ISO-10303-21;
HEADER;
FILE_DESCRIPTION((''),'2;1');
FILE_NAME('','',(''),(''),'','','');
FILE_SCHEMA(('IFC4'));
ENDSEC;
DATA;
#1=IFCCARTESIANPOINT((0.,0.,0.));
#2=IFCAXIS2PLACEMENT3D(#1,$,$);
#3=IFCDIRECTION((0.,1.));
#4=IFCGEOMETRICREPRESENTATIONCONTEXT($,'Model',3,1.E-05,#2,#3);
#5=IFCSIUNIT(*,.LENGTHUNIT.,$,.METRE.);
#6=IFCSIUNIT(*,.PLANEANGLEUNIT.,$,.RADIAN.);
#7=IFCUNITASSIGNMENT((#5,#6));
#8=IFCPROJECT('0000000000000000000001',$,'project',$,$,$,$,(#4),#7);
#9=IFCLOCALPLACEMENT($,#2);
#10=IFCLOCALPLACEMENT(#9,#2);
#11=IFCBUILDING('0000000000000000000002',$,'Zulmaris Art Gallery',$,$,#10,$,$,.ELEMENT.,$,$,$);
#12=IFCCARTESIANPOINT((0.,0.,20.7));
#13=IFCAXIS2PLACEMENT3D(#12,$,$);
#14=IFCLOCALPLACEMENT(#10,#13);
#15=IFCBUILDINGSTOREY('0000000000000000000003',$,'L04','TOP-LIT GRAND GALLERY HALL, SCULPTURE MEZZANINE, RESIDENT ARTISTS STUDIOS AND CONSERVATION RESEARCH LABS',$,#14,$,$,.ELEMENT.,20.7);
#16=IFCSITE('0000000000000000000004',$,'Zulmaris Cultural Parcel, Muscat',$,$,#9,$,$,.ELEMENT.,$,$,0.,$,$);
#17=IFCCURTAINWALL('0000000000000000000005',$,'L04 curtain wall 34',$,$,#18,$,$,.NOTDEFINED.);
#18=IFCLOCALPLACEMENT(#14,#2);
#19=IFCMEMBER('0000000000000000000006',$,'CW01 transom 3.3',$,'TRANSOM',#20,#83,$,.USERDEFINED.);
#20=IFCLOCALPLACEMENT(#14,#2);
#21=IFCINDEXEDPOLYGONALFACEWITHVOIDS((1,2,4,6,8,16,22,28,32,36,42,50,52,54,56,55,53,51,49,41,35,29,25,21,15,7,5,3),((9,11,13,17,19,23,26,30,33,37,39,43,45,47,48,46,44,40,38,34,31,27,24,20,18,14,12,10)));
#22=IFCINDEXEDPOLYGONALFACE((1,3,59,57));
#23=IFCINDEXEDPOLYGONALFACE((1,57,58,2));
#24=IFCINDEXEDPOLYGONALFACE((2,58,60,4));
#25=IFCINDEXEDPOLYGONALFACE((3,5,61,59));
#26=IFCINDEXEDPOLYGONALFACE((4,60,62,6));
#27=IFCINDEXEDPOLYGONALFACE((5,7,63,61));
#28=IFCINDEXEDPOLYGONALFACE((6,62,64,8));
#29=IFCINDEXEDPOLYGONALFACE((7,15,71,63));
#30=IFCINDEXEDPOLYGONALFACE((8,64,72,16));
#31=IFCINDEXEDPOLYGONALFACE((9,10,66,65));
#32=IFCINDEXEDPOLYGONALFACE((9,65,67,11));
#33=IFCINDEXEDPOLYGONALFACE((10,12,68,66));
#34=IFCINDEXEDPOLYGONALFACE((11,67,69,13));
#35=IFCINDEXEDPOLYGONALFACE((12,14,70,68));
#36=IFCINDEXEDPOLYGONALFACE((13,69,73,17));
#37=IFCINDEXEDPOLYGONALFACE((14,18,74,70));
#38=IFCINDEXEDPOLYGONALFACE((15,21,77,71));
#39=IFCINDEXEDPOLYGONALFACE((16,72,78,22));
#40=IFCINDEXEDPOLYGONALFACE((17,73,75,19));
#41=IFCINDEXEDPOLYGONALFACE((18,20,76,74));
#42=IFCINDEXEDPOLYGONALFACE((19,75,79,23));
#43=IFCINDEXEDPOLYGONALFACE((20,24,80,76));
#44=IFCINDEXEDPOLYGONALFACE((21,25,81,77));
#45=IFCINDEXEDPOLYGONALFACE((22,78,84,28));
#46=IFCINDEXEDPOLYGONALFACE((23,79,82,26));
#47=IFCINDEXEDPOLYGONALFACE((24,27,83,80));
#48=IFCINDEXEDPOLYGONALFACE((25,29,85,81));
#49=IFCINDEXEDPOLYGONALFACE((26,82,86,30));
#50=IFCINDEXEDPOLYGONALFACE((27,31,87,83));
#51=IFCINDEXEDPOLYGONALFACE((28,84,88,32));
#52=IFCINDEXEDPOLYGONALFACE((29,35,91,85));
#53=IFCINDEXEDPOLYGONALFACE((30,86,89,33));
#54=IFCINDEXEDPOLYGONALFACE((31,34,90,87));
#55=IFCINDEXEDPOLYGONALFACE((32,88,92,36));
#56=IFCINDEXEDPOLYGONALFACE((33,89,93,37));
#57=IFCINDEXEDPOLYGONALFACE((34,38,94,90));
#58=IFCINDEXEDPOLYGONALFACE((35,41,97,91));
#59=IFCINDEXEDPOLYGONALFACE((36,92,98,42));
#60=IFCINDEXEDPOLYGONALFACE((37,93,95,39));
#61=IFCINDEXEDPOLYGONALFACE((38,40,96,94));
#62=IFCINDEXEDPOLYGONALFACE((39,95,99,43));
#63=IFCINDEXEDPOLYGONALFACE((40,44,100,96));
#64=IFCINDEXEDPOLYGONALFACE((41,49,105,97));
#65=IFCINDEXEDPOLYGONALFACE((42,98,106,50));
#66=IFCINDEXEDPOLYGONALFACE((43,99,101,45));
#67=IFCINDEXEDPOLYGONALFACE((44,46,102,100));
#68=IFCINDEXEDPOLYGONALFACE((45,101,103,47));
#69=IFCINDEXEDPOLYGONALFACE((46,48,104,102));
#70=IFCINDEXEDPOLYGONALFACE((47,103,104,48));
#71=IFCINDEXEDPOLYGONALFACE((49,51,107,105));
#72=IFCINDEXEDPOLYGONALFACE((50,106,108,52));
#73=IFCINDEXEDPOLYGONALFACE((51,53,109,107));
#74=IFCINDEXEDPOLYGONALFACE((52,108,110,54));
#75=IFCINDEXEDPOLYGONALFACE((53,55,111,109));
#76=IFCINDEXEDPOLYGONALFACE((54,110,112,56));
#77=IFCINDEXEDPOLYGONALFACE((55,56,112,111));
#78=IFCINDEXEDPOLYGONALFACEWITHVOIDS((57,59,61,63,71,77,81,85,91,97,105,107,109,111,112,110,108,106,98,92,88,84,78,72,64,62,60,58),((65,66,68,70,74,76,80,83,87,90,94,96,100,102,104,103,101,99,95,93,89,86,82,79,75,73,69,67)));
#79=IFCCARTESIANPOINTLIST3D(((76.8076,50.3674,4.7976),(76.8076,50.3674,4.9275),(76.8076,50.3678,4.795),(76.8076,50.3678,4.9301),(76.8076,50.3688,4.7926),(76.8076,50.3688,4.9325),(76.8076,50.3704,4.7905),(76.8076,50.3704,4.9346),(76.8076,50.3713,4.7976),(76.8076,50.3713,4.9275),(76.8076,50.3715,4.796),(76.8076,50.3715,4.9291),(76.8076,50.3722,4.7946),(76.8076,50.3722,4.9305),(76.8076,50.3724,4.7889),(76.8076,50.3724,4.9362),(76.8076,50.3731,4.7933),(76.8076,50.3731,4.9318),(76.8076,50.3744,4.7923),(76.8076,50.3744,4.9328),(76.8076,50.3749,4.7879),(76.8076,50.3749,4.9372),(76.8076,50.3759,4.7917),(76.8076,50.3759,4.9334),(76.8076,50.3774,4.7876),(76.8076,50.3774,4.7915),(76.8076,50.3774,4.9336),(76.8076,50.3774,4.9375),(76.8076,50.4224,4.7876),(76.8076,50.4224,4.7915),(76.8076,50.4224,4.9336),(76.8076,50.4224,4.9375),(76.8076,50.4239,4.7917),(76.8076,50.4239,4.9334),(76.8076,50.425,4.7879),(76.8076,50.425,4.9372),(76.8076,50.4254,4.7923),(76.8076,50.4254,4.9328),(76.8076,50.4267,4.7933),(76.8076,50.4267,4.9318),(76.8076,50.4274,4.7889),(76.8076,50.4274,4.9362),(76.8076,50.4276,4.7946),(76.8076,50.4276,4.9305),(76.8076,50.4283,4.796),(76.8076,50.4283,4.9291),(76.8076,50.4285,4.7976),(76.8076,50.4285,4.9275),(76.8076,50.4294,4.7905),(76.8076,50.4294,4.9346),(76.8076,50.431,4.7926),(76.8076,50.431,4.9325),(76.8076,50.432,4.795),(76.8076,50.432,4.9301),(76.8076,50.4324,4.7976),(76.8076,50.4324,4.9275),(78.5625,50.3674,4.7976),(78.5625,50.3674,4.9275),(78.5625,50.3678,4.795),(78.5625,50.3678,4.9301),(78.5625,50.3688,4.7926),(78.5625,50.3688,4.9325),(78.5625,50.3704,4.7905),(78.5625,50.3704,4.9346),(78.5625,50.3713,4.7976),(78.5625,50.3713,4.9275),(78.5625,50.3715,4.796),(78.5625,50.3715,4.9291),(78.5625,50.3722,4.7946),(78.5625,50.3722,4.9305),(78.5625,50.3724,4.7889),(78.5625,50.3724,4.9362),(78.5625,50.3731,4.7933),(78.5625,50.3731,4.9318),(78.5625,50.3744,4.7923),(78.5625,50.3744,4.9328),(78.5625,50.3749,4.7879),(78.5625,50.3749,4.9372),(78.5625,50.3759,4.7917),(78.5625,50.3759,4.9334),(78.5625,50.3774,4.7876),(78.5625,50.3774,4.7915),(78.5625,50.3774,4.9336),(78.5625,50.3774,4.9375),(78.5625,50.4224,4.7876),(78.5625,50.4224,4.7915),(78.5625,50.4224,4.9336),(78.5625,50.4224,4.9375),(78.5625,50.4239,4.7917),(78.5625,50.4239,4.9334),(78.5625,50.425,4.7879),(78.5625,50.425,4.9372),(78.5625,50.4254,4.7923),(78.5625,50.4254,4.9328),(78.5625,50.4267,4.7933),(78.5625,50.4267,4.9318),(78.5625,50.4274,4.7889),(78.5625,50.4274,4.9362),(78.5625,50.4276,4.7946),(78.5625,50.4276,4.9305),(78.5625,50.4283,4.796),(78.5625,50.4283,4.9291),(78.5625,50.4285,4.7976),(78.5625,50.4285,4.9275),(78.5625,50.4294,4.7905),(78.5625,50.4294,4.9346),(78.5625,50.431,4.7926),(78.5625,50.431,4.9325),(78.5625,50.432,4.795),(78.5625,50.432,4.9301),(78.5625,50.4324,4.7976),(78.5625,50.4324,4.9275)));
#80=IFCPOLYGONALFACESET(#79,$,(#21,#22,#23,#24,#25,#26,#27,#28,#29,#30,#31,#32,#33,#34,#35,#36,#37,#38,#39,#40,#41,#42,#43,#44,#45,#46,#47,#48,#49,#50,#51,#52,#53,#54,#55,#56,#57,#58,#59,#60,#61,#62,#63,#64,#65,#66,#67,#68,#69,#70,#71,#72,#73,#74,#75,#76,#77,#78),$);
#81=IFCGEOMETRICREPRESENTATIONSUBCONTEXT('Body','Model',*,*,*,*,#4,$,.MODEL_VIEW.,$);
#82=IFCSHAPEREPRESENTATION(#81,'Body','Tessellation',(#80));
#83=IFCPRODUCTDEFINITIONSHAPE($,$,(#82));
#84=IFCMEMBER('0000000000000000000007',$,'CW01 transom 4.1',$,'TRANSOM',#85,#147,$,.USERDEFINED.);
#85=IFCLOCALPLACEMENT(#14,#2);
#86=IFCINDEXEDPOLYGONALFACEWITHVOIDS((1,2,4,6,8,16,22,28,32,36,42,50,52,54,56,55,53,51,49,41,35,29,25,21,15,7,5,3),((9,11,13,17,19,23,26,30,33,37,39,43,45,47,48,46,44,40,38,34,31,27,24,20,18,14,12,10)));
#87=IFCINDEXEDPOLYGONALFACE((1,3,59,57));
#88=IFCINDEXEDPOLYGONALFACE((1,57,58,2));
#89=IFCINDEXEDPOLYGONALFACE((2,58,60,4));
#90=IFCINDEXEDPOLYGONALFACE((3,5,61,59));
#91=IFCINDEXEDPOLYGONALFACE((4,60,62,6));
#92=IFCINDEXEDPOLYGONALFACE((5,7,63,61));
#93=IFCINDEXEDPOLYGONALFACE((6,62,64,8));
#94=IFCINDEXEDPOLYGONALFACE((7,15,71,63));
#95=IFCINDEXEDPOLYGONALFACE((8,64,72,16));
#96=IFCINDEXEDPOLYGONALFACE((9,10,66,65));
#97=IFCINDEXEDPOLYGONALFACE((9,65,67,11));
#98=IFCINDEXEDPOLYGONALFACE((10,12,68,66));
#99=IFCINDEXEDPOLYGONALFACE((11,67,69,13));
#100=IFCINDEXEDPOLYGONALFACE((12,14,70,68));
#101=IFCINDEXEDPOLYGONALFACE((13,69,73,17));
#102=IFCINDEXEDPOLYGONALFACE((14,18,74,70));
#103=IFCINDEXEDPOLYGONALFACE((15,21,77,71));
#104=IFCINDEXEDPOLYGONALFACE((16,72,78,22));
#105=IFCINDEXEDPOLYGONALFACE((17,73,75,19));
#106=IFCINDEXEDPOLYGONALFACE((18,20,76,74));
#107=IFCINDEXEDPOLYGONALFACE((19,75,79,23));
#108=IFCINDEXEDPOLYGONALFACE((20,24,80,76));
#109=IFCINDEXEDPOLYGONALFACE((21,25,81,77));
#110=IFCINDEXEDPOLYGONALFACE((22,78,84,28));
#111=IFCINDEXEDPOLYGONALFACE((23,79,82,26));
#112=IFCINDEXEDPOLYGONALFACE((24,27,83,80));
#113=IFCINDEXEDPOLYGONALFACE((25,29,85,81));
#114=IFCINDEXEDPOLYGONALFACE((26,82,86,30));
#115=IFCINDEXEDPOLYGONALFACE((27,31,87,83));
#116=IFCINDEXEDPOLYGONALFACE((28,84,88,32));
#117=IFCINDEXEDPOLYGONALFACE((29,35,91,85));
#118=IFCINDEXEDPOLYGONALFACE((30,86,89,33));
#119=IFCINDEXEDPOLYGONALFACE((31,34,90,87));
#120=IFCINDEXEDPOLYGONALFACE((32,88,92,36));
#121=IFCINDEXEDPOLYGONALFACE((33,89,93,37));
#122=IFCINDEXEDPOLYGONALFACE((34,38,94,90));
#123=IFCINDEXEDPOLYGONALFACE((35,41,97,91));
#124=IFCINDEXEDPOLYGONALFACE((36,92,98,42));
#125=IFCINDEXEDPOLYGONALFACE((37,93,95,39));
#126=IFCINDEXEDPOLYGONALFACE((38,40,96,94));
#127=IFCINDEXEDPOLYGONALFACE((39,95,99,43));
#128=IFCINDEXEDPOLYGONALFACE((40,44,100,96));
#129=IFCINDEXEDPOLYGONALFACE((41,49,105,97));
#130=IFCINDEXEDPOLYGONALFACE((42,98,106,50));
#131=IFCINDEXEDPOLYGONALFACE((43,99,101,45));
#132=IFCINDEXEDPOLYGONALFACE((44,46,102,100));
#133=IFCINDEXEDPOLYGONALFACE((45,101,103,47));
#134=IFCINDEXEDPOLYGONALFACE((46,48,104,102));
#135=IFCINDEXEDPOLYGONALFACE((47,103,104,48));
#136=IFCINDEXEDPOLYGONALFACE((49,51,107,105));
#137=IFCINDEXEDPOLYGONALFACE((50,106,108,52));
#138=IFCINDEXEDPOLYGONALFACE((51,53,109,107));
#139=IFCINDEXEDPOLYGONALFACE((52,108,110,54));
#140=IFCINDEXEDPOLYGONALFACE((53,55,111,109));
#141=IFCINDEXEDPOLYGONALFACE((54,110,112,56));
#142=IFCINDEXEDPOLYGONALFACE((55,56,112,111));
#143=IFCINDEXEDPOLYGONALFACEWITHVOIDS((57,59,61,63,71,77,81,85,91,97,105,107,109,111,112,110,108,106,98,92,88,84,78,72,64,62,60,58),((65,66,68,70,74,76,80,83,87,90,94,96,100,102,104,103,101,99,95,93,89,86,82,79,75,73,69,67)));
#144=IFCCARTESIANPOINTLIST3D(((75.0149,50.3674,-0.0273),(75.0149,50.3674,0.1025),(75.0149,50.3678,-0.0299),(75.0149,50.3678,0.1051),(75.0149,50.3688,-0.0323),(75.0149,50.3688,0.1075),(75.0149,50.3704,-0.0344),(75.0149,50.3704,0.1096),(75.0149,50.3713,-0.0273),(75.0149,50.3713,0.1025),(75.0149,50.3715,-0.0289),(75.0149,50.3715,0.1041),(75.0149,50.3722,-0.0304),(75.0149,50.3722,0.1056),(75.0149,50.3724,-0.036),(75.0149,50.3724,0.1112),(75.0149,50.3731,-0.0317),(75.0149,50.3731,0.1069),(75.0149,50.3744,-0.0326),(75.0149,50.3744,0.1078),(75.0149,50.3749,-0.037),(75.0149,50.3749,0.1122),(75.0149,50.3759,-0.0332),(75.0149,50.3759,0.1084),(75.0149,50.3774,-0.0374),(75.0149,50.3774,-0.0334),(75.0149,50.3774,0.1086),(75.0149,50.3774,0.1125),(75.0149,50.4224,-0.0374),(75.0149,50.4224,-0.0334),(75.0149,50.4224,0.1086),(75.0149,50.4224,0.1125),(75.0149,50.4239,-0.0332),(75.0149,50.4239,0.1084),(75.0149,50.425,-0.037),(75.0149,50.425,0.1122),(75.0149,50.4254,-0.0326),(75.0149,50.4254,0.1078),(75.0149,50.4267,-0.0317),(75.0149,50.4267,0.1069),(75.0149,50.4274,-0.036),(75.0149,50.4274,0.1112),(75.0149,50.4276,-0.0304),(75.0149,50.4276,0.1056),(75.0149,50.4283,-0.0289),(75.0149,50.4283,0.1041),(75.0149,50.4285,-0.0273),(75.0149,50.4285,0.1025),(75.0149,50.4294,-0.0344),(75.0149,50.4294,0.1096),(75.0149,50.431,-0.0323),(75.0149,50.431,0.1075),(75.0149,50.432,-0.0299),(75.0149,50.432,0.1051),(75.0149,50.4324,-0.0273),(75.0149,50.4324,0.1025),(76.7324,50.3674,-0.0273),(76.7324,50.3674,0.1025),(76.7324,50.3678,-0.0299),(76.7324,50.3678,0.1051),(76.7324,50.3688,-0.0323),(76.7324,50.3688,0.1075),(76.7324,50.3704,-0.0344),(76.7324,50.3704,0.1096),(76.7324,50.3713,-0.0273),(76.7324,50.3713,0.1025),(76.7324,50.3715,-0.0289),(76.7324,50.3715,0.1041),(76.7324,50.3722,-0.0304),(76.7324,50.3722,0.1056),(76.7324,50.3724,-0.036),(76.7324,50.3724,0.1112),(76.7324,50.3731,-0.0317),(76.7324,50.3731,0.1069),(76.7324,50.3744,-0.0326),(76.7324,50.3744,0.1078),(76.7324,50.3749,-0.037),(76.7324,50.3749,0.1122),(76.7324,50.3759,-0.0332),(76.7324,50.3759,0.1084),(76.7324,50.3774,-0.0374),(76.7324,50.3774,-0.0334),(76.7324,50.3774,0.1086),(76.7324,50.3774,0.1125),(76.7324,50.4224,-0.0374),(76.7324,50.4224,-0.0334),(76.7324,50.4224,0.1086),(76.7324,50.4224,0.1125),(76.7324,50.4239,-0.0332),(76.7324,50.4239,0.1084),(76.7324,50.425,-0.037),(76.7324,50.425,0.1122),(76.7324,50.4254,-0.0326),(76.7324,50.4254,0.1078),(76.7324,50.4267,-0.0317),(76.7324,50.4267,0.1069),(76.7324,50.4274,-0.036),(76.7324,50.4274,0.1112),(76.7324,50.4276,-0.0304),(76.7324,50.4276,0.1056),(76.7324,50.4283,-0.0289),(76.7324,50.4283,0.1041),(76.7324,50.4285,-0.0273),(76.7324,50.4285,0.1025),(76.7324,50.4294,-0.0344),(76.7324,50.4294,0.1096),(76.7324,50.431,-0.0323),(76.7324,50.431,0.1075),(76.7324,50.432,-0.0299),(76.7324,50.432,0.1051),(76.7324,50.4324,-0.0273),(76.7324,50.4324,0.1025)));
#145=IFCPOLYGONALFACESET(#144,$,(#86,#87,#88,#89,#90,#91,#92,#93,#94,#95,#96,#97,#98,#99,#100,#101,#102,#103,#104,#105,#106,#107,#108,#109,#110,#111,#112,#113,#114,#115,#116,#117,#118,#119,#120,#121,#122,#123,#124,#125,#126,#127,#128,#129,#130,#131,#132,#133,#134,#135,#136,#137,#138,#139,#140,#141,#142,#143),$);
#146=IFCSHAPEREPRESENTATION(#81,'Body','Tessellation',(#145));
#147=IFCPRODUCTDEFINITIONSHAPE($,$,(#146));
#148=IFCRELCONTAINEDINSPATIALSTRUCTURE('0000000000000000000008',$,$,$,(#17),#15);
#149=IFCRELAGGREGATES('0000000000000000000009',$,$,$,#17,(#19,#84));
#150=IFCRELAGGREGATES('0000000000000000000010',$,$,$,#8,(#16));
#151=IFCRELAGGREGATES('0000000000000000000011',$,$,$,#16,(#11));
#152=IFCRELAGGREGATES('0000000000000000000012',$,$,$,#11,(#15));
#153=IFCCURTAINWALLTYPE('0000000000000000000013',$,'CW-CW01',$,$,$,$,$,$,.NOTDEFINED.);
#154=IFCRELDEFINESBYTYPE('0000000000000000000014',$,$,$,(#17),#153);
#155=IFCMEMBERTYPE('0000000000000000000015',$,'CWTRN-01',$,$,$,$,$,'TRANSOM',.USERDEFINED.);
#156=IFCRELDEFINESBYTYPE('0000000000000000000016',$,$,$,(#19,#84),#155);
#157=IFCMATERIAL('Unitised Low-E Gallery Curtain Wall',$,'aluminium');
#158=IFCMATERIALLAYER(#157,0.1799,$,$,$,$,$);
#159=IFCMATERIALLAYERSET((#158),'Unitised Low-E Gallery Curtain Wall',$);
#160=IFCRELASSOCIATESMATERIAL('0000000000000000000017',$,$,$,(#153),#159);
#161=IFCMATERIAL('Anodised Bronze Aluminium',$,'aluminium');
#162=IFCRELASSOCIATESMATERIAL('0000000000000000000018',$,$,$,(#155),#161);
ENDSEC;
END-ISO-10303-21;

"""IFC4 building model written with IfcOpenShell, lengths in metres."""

from ifc_helpers import new_model, si_unit, direction, frame, origin, origin_2d, place, context, subcontext, project, spatial, hollow_rectangle, extrude, material, layer, layer_set, material_profile, profile_set, type_object, element, aggregate, save


model = new_model("IFC4")

# Units and contexts
model_context = context("Model", 3, precision=1e-05, world=origin(), true_north=direction((0.0, 1.0)))
body_context = subcontext(model_context, "Body", "Model", "MODEL_VIEW")
ifc_project = project(units=[si_unit("LENGTHUNIT", "METRE"), si_unit("PLANEANGLEUNIT", "RADIAN")], contexts=[model_context])

# Site, building, storey
site_placement = place(None, origin())
site = spatial("IfcSite", under=ifc_project, at=site_placement, Name="Zulmaris Cultural Parcel, Muscat", CompositionType="ELEMENT", RefElevation=0.0)
building_placement = place(site_placement, origin())
building = spatial("IfcBuilding", under=site, at=building_placement, Name="Zulmaris Art Gallery", CompositionType="ELEMENT")
storey_placement = place(building_placement, frame((0.0, 0.0, 20.7)))
storey = spatial("IfcBuildingStorey", under=building, at=storey_placement, Name="L04", Description="TOP-LIT GRAND GALLERY HALL, SCULPTURE MEZZANINE, RESIDENT ARTISTS STUDIOS AND CONSERVATION RESEARCH LABS", CompositionType="ELEMENT", Elevation=20.7)

# Shared definitions
ifc_material_1 = material(Name="Unitised Low-E Gallery Curtain Wall", Category="aluminium")
ifc_layer_1 = layer(ifc_material_1, 0.1799)
ifc_layer_set_1 = layer_set([ifc_layer_1], Name="Unitised Low-E Gallery Curtain Wall")
curtain_wall_type = type_object("IfcCurtainWallType", Name="CW-CW01", PredefinedType="NOTDEFINED", material=ifc_layer_set_1)
ifc_material_2 = material(Name="Anodised Bronze Aluminium", Category="aluminium")

# Curtain wall
curtain_wall_1_placement = place(storey_placement, origin())
curtain_wall_1 = element("IfcCurtainWall", 1, at=curtain_wall_1_placement, inside=storey, type_object=curtain_wall_type, Name="L04 curtain wall 34", PredefinedType="NOTDEFINED")

# Members
ifc_material_profile_1 = material_profile(ifc_material_2, hollow_rectangle(XDim=0.0649, YDim=0.1499, WallThickness=0.0039, InnerFilletRadius=0.0061, OuterFilletRadius=0.01, at=origin_2d()), Name="ALU 65x150x4")
ifc_profile_set_1 = profile_set([ifc_material_profile_1], Name="Anodised Bronze Aluminium")
member_type_1 = type_object("IfcMemberType", Name="CWTRN-01", ElementType="TRANSOM", PredefinedType="USERDEFINED", material=ifc_profile_set_1)
member_1_placement = place(storey_placement, frame((78.5625, 50.3999, 4.8625), z_axis=(-1.0, 0.0, 0.0), x_axis=(0.0, -1.0, 0.0)))
member_1 = element("IfcMember", 2, at=member_1_placement, type_object=member_type_1, Name="CW01 transom 3.3", ObjectType="TRANSOM", PredefinedType="USERDEFINED", context=body_context, shape_type="SweptSolid", body=[
    extrude(hollow_rectangle(XDim=0.0649, YDim=0.1499, WallThickness=0.0039, InnerFilletRadius=0.0061, OuterFilletRadius=0.01, at=origin_2d()), origin(), (0.0, 0.0, 1.0), 1.7549),
])
member_2_placement = place(storey_placement, frame((76.7324, 50.3999, 0.0376), z_axis=(-1.0, 0.0, 0.0), x_axis=(0.0, -1.0, 0.0)))
member_2 = element("IfcMember", 3, at=member_2_placement, type_object=member_type_1, Name="CW01 transom 4.1", ObjectType="TRANSOM", PredefinedType="USERDEFINED", context=body_context, shape_type="SweptSolid", body=[
    extrude(hollow_rectangle(XDim=0.0649, YDim=0.1499, WallThickness=0.0039, InnerFilletRadius=0.0061, OuterFilletRadius=0.01, at=origin_2d()), origin(), (0.0, 0.0, 1.0), 1.7175),
])

aggregate(curtain_wall_1, [member_1, member_2])

save(model, "model.ifc")
